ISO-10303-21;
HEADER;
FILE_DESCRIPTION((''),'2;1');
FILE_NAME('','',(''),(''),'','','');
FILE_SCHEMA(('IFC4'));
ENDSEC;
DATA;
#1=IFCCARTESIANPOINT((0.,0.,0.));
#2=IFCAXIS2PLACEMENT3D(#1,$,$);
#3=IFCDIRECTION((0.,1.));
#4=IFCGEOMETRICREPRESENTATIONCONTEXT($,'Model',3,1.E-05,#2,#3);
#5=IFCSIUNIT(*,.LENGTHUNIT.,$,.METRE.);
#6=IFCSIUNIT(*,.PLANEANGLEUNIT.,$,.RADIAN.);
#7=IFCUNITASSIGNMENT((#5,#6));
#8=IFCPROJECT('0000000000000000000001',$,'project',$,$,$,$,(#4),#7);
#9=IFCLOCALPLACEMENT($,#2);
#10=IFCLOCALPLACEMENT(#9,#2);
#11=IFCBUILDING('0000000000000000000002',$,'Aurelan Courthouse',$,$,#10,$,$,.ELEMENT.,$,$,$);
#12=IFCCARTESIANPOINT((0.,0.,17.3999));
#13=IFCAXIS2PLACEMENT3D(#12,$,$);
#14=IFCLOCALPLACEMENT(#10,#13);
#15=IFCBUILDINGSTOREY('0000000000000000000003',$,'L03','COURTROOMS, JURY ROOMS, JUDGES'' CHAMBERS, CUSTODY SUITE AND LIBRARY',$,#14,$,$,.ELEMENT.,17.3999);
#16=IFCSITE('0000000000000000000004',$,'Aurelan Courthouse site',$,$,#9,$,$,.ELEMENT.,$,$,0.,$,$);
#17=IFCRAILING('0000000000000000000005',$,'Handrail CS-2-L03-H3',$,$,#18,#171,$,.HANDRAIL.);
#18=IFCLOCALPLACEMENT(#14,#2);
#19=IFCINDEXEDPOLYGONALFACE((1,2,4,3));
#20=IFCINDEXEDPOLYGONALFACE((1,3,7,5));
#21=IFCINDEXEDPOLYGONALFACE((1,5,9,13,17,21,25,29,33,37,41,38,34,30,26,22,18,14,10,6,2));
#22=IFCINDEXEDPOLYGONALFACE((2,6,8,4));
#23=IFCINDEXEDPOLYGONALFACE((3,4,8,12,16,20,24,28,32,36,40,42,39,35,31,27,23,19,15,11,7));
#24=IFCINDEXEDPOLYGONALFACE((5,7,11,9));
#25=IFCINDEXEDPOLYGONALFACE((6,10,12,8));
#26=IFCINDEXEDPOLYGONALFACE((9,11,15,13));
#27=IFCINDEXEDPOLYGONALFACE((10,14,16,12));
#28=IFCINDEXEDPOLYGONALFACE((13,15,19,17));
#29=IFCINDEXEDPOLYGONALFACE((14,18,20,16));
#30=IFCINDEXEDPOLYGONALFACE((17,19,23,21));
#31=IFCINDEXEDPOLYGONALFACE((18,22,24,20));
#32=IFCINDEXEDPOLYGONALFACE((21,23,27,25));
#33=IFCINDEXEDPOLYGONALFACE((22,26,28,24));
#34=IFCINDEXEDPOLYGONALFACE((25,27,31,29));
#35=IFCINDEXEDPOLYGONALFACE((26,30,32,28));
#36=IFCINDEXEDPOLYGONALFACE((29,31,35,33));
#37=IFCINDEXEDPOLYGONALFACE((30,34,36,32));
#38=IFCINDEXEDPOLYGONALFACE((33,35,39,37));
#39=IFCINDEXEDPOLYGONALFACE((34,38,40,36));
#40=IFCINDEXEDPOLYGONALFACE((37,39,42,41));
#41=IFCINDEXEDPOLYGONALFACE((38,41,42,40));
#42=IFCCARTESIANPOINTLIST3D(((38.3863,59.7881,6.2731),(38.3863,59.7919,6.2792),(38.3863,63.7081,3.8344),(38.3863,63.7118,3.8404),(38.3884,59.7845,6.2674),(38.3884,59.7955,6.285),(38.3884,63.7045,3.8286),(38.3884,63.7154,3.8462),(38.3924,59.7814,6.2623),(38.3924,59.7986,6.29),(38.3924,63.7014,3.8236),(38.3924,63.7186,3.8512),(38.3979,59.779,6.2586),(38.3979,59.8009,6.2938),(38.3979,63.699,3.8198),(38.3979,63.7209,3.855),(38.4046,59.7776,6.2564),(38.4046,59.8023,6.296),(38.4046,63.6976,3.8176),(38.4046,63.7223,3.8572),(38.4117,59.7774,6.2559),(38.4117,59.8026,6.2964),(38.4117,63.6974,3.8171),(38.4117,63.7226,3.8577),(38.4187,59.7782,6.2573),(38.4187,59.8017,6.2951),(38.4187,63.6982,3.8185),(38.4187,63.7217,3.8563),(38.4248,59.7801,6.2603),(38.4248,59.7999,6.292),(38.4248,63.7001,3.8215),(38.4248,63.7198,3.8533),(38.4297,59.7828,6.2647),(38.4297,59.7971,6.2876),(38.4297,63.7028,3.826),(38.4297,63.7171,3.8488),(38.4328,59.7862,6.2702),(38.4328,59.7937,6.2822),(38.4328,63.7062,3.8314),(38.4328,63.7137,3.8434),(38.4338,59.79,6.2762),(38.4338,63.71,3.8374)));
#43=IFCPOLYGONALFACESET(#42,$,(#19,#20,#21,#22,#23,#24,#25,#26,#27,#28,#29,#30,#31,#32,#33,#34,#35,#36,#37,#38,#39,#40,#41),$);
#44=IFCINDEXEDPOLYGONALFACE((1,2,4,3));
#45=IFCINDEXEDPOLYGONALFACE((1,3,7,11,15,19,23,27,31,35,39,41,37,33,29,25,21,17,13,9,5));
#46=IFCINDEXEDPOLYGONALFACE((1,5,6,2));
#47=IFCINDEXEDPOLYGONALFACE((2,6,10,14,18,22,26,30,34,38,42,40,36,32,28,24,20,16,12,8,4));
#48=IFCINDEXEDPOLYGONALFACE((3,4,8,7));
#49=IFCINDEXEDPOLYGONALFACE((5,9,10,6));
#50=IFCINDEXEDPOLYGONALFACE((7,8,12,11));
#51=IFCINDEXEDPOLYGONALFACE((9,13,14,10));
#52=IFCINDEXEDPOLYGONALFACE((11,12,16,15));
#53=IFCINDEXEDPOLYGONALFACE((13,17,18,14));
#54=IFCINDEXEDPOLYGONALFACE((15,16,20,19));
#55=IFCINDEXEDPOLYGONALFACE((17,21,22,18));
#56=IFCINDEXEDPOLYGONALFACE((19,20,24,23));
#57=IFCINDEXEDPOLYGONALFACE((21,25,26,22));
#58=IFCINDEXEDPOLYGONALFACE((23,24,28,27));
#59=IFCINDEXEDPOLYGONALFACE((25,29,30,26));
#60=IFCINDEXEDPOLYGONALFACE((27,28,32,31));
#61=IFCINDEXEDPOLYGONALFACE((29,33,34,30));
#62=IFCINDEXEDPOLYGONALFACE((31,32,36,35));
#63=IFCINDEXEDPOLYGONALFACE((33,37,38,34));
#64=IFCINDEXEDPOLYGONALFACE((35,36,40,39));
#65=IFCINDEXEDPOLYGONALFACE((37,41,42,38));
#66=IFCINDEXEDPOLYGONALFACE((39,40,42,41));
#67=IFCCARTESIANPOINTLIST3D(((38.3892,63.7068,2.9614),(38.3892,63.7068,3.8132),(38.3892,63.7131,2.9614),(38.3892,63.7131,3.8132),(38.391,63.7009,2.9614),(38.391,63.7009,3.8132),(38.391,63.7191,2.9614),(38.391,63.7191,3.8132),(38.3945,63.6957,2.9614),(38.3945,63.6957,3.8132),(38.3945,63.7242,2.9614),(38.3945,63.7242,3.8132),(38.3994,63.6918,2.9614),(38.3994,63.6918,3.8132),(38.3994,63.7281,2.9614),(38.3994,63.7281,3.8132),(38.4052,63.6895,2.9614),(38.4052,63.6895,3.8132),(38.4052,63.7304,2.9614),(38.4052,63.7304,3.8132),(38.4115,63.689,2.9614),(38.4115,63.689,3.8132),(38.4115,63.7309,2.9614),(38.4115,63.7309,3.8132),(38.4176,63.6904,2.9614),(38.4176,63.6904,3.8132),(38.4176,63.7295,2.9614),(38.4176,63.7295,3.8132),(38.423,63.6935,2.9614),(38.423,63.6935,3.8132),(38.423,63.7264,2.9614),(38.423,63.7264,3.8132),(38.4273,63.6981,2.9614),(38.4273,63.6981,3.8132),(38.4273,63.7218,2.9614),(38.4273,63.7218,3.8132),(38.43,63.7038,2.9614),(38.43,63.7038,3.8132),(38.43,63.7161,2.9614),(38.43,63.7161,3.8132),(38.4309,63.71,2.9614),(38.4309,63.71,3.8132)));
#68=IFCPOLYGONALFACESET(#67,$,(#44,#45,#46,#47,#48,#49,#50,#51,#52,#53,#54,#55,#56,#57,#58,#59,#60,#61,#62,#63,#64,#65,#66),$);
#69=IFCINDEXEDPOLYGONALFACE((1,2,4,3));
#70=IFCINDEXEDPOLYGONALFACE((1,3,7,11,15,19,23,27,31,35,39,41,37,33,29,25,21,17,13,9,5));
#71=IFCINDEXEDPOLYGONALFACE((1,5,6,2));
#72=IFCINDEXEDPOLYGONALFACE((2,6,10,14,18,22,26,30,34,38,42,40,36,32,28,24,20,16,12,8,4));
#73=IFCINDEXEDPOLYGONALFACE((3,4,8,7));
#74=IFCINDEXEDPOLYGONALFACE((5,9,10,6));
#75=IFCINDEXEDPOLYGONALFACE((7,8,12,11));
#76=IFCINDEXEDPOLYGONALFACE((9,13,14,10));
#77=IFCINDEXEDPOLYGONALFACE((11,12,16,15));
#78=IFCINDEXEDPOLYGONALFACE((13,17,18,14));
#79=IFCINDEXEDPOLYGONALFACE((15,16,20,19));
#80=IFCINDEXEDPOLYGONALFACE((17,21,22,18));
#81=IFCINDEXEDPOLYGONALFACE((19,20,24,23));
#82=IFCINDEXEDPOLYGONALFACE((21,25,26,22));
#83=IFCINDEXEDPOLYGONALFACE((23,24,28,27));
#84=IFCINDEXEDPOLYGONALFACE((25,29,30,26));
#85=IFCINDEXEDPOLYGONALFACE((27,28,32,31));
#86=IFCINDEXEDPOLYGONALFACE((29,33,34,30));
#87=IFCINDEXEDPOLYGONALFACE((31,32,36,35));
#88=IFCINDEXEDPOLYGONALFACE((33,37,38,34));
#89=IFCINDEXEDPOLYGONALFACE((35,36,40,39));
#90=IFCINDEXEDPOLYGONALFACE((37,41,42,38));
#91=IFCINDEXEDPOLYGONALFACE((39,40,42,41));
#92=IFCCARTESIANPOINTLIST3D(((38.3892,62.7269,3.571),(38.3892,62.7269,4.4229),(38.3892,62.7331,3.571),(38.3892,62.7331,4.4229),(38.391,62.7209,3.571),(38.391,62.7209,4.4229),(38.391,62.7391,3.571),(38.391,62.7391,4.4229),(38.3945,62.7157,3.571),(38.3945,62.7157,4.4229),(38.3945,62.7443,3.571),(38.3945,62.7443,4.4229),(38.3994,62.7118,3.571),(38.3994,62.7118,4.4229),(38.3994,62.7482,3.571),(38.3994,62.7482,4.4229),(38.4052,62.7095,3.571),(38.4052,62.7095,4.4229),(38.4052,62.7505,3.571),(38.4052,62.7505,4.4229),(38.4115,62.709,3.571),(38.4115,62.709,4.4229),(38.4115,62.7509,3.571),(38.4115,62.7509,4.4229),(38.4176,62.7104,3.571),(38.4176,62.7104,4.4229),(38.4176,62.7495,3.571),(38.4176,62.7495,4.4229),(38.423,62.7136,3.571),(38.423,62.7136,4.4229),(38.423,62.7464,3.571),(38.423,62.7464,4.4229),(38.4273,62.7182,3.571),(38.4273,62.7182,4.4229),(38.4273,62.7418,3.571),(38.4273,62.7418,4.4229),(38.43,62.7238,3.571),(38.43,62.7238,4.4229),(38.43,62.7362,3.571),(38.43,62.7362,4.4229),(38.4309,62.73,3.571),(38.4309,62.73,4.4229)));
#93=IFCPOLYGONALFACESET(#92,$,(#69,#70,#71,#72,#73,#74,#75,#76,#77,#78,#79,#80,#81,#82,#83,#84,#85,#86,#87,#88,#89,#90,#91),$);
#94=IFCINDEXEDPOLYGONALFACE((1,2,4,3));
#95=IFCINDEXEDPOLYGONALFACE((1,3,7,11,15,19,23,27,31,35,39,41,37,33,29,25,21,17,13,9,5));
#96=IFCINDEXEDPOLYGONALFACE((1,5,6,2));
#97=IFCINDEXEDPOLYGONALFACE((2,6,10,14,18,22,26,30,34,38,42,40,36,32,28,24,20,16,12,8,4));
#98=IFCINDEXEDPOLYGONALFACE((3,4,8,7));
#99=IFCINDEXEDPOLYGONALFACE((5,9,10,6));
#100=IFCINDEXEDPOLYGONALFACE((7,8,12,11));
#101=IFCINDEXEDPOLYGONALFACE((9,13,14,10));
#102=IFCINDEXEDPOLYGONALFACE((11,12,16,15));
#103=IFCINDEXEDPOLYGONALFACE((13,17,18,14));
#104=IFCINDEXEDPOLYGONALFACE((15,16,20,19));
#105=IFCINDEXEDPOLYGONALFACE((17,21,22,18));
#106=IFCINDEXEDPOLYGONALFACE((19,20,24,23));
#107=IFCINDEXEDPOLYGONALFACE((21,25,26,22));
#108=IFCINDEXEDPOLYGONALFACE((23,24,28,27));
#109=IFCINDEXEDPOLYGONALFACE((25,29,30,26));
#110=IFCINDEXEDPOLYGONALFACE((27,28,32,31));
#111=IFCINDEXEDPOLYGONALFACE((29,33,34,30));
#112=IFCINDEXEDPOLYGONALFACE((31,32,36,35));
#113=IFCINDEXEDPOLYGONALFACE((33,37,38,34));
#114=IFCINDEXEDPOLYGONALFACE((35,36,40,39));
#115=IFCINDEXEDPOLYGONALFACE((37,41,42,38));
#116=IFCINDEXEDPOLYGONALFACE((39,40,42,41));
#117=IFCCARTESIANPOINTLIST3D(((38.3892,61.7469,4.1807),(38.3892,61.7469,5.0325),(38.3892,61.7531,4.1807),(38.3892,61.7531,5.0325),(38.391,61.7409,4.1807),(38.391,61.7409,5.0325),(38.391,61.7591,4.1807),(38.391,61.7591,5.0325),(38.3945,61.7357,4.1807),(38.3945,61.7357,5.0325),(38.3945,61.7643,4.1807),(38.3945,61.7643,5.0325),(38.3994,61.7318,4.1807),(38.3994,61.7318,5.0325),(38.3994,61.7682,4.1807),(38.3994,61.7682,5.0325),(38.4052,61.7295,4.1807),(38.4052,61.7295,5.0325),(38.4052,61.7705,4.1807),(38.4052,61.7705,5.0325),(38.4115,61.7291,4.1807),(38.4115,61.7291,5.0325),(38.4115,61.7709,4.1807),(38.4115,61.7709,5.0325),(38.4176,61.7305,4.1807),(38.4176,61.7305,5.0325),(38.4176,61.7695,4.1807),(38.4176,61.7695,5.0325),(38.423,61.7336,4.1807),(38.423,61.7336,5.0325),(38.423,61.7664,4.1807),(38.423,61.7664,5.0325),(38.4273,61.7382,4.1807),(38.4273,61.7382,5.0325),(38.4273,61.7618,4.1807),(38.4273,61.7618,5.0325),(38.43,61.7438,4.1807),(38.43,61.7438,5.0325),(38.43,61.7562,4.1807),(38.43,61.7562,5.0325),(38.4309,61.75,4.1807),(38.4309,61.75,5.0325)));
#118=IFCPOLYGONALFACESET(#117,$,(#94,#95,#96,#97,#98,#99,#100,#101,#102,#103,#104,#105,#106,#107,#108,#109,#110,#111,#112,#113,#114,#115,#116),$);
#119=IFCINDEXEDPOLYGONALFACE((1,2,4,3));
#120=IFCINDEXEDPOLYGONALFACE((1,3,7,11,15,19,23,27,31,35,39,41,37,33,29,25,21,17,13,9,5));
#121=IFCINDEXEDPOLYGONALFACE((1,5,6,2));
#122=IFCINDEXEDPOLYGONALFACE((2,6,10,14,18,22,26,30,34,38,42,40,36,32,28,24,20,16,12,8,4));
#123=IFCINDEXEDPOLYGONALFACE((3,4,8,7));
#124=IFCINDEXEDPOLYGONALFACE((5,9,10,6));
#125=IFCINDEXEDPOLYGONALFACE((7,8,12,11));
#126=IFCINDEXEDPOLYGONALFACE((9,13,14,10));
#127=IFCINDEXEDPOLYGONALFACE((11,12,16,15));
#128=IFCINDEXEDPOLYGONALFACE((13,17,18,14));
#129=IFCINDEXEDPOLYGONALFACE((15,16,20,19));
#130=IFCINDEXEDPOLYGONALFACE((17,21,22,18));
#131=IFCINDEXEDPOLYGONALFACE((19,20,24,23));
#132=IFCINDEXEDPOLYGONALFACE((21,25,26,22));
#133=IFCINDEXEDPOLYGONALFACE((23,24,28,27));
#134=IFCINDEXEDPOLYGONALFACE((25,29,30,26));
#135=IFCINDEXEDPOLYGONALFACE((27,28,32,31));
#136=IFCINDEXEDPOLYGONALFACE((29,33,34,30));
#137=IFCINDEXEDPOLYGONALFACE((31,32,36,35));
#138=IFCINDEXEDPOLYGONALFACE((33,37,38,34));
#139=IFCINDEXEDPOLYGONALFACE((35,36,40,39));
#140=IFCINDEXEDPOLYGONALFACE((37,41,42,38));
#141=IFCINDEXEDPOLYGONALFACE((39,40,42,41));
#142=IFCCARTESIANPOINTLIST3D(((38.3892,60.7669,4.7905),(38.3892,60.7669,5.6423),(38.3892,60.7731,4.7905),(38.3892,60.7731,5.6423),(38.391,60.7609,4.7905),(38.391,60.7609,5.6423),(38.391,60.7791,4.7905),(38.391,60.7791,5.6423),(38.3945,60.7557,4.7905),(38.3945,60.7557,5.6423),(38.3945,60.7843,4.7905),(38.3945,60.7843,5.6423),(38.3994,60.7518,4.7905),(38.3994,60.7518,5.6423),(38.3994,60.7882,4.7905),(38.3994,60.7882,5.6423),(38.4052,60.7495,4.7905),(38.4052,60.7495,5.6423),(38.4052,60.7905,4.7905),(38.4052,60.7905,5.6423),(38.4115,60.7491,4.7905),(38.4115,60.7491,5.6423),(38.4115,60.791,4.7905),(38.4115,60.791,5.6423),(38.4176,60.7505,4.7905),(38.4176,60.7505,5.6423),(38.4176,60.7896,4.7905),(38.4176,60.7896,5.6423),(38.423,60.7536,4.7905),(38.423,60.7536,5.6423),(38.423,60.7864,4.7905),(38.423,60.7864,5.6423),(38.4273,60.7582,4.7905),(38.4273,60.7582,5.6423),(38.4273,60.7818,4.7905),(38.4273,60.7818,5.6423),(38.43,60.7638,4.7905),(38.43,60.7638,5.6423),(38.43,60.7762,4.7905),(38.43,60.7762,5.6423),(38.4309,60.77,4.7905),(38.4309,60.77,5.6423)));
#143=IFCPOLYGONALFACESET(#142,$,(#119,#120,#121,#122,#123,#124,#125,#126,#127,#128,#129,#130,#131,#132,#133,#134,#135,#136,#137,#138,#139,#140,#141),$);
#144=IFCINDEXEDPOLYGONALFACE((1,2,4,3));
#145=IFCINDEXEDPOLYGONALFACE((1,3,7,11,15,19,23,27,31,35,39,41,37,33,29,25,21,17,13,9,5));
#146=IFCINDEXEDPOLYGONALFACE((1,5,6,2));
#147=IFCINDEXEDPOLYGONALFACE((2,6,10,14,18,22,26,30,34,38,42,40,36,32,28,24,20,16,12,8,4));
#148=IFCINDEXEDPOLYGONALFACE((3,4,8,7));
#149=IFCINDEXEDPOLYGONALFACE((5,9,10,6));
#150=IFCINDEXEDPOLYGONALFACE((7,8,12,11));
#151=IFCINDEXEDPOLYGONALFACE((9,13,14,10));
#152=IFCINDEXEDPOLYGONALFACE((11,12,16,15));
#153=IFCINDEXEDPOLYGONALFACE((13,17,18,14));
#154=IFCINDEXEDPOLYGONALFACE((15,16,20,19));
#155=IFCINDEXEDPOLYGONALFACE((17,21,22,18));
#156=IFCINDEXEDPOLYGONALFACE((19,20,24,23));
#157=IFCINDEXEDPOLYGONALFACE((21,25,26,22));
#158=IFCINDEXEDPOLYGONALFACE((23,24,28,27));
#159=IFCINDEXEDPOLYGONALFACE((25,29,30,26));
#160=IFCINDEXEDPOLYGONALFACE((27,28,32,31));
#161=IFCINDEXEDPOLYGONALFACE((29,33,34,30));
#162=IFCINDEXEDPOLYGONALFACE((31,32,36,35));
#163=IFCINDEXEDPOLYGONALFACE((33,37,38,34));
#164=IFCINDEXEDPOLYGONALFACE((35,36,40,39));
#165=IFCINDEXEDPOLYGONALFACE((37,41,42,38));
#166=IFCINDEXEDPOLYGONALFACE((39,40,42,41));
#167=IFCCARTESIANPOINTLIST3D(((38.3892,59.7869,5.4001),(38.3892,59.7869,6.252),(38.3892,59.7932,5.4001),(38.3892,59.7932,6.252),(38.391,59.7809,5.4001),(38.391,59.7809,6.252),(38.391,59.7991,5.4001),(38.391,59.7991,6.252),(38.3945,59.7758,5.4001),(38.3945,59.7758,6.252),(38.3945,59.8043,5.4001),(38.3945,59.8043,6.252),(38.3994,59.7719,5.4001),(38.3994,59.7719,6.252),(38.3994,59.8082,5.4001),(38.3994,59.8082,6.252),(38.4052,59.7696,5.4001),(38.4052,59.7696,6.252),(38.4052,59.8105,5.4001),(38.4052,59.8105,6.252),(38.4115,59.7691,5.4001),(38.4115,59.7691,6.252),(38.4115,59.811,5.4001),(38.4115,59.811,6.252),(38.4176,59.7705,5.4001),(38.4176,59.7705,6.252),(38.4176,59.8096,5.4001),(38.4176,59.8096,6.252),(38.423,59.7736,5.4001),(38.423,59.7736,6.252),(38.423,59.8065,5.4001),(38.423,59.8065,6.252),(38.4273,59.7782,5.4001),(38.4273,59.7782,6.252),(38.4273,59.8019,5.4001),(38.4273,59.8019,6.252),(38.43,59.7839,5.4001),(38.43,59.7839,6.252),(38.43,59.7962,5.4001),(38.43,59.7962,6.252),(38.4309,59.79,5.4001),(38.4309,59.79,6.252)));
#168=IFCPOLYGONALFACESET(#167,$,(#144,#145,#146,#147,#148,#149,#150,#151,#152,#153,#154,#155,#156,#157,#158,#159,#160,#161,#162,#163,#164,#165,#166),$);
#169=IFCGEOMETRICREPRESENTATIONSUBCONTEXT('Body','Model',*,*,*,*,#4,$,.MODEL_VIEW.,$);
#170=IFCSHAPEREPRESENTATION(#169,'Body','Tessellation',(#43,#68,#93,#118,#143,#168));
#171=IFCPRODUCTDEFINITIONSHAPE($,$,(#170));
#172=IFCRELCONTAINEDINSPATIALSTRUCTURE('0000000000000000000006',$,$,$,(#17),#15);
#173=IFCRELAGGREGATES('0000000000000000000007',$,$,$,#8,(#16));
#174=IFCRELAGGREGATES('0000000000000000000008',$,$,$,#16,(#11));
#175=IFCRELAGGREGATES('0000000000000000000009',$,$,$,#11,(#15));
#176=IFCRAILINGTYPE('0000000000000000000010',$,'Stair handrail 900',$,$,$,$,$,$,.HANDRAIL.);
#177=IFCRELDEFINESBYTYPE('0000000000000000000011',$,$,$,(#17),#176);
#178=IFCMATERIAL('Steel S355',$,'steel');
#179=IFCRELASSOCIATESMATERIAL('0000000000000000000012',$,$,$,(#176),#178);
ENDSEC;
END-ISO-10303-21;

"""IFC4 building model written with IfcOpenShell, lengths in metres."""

from ifc_helpers import new_model, si_unit, direction, frame, origin, origin_2d, place, context, subcontext, project, spatial, circle, extrude, material, type_object, element, save


model = new_model("IFC4")

# Units and contexts
model_context = context("Model", 3, precision=1e-05, world=origin(), true_north=direction((0.0, 1.0)))
body_context = subcontext(model_context, "Body", "Model", "MODEL_VIEW")
ifc_project = project(units=[si_unit("LENGTHUNIT", "METRE"), si_unit("PLANEANGLEUNIT", "RADIAN")], contexts=[model_context])

# Site, building, storey
site_placement = place(None, origin())
site = spatial("IfcSite", under=ifc_project, at=site_placement, Name="Aurelan Courthouse site", CompositionType="ELEMENT", RefElevation=0.0)
building_placement = place(site_placement, origin())
building = spatial("IfcBuilding", under=site, at=building_placement, Name="Aurelan Courthouse", CompositionType="ELEMENT")
storey_placement = place(building_placement, frame((0.0, 0.0, 17.3999)))
storey = spatial("IfcBuildingStorey", under=building, at=storey_placement, Name="L03", Description="COURTROOMS, JURY ROOMS, JUDGES' CHAMBERS, CUSTODY SUITE AND LIBRARY", CompositionType="ELEMENT", Elevation=17.3999)

# Railing
ifc_material_1 = material(Name="Steel S355", Category="steel")
railing_type_1 = type_object("IfcRailingType", Name="Stair handrail 900", PredefinedType="HANDRAIL", material=ifc_material_1)
for number, where, name in (
    (1, (38.4099, 63.71, 2.9614), "Handrail CS-2-L03-H3"),
):
    element("IfcRailing", number, at=place(storey_placement, frame(where)), inside=storey, type_object=railing_type_1, Name=name, PredefinedType="HANDRAIL", context=body_context, shape_type="SweptSolid", body=[
        extrude(circle(Radius=0.0239, at=origin_2d()), frame((0.0, 0.0, 0.876), z_axis=(0.0, -0.84909, 0.528249), x_axis=(1.0, 0.0, 0.0)), (0.0, 0.0, 1.0), 4.6167),
        extrude(circle(Radius=0.021, at=origin_2d()), origin(), (0.0, 0.0, 1.0), 0.8518),
        extrude(circle(Radius=0.021, at=origin_2d()), frame((0.0, -0.98, 0.6096)), (0.0, 0.0, 1.0), 0.8518),
        extrude(circle(Radius=0.021, at=origin_2d()), frame((0.0, -1.96, 1.2192)), (0.0, 0.0, 1.0), 0.8518),
        extrude(circle(Radius=0.021, at=origin_2d()), frame((0.0, -2.9399, 1.8291)), (0.0, 0.0, 1.0), 0.8518),
        extrude(circle(Radius=0.021, at=origin_2d()), frame((0.0, -3.9199, 2.4387)), (0.0, 0.0, 1.0), 0.8518),
    ])

save(model, "model.ifc")
